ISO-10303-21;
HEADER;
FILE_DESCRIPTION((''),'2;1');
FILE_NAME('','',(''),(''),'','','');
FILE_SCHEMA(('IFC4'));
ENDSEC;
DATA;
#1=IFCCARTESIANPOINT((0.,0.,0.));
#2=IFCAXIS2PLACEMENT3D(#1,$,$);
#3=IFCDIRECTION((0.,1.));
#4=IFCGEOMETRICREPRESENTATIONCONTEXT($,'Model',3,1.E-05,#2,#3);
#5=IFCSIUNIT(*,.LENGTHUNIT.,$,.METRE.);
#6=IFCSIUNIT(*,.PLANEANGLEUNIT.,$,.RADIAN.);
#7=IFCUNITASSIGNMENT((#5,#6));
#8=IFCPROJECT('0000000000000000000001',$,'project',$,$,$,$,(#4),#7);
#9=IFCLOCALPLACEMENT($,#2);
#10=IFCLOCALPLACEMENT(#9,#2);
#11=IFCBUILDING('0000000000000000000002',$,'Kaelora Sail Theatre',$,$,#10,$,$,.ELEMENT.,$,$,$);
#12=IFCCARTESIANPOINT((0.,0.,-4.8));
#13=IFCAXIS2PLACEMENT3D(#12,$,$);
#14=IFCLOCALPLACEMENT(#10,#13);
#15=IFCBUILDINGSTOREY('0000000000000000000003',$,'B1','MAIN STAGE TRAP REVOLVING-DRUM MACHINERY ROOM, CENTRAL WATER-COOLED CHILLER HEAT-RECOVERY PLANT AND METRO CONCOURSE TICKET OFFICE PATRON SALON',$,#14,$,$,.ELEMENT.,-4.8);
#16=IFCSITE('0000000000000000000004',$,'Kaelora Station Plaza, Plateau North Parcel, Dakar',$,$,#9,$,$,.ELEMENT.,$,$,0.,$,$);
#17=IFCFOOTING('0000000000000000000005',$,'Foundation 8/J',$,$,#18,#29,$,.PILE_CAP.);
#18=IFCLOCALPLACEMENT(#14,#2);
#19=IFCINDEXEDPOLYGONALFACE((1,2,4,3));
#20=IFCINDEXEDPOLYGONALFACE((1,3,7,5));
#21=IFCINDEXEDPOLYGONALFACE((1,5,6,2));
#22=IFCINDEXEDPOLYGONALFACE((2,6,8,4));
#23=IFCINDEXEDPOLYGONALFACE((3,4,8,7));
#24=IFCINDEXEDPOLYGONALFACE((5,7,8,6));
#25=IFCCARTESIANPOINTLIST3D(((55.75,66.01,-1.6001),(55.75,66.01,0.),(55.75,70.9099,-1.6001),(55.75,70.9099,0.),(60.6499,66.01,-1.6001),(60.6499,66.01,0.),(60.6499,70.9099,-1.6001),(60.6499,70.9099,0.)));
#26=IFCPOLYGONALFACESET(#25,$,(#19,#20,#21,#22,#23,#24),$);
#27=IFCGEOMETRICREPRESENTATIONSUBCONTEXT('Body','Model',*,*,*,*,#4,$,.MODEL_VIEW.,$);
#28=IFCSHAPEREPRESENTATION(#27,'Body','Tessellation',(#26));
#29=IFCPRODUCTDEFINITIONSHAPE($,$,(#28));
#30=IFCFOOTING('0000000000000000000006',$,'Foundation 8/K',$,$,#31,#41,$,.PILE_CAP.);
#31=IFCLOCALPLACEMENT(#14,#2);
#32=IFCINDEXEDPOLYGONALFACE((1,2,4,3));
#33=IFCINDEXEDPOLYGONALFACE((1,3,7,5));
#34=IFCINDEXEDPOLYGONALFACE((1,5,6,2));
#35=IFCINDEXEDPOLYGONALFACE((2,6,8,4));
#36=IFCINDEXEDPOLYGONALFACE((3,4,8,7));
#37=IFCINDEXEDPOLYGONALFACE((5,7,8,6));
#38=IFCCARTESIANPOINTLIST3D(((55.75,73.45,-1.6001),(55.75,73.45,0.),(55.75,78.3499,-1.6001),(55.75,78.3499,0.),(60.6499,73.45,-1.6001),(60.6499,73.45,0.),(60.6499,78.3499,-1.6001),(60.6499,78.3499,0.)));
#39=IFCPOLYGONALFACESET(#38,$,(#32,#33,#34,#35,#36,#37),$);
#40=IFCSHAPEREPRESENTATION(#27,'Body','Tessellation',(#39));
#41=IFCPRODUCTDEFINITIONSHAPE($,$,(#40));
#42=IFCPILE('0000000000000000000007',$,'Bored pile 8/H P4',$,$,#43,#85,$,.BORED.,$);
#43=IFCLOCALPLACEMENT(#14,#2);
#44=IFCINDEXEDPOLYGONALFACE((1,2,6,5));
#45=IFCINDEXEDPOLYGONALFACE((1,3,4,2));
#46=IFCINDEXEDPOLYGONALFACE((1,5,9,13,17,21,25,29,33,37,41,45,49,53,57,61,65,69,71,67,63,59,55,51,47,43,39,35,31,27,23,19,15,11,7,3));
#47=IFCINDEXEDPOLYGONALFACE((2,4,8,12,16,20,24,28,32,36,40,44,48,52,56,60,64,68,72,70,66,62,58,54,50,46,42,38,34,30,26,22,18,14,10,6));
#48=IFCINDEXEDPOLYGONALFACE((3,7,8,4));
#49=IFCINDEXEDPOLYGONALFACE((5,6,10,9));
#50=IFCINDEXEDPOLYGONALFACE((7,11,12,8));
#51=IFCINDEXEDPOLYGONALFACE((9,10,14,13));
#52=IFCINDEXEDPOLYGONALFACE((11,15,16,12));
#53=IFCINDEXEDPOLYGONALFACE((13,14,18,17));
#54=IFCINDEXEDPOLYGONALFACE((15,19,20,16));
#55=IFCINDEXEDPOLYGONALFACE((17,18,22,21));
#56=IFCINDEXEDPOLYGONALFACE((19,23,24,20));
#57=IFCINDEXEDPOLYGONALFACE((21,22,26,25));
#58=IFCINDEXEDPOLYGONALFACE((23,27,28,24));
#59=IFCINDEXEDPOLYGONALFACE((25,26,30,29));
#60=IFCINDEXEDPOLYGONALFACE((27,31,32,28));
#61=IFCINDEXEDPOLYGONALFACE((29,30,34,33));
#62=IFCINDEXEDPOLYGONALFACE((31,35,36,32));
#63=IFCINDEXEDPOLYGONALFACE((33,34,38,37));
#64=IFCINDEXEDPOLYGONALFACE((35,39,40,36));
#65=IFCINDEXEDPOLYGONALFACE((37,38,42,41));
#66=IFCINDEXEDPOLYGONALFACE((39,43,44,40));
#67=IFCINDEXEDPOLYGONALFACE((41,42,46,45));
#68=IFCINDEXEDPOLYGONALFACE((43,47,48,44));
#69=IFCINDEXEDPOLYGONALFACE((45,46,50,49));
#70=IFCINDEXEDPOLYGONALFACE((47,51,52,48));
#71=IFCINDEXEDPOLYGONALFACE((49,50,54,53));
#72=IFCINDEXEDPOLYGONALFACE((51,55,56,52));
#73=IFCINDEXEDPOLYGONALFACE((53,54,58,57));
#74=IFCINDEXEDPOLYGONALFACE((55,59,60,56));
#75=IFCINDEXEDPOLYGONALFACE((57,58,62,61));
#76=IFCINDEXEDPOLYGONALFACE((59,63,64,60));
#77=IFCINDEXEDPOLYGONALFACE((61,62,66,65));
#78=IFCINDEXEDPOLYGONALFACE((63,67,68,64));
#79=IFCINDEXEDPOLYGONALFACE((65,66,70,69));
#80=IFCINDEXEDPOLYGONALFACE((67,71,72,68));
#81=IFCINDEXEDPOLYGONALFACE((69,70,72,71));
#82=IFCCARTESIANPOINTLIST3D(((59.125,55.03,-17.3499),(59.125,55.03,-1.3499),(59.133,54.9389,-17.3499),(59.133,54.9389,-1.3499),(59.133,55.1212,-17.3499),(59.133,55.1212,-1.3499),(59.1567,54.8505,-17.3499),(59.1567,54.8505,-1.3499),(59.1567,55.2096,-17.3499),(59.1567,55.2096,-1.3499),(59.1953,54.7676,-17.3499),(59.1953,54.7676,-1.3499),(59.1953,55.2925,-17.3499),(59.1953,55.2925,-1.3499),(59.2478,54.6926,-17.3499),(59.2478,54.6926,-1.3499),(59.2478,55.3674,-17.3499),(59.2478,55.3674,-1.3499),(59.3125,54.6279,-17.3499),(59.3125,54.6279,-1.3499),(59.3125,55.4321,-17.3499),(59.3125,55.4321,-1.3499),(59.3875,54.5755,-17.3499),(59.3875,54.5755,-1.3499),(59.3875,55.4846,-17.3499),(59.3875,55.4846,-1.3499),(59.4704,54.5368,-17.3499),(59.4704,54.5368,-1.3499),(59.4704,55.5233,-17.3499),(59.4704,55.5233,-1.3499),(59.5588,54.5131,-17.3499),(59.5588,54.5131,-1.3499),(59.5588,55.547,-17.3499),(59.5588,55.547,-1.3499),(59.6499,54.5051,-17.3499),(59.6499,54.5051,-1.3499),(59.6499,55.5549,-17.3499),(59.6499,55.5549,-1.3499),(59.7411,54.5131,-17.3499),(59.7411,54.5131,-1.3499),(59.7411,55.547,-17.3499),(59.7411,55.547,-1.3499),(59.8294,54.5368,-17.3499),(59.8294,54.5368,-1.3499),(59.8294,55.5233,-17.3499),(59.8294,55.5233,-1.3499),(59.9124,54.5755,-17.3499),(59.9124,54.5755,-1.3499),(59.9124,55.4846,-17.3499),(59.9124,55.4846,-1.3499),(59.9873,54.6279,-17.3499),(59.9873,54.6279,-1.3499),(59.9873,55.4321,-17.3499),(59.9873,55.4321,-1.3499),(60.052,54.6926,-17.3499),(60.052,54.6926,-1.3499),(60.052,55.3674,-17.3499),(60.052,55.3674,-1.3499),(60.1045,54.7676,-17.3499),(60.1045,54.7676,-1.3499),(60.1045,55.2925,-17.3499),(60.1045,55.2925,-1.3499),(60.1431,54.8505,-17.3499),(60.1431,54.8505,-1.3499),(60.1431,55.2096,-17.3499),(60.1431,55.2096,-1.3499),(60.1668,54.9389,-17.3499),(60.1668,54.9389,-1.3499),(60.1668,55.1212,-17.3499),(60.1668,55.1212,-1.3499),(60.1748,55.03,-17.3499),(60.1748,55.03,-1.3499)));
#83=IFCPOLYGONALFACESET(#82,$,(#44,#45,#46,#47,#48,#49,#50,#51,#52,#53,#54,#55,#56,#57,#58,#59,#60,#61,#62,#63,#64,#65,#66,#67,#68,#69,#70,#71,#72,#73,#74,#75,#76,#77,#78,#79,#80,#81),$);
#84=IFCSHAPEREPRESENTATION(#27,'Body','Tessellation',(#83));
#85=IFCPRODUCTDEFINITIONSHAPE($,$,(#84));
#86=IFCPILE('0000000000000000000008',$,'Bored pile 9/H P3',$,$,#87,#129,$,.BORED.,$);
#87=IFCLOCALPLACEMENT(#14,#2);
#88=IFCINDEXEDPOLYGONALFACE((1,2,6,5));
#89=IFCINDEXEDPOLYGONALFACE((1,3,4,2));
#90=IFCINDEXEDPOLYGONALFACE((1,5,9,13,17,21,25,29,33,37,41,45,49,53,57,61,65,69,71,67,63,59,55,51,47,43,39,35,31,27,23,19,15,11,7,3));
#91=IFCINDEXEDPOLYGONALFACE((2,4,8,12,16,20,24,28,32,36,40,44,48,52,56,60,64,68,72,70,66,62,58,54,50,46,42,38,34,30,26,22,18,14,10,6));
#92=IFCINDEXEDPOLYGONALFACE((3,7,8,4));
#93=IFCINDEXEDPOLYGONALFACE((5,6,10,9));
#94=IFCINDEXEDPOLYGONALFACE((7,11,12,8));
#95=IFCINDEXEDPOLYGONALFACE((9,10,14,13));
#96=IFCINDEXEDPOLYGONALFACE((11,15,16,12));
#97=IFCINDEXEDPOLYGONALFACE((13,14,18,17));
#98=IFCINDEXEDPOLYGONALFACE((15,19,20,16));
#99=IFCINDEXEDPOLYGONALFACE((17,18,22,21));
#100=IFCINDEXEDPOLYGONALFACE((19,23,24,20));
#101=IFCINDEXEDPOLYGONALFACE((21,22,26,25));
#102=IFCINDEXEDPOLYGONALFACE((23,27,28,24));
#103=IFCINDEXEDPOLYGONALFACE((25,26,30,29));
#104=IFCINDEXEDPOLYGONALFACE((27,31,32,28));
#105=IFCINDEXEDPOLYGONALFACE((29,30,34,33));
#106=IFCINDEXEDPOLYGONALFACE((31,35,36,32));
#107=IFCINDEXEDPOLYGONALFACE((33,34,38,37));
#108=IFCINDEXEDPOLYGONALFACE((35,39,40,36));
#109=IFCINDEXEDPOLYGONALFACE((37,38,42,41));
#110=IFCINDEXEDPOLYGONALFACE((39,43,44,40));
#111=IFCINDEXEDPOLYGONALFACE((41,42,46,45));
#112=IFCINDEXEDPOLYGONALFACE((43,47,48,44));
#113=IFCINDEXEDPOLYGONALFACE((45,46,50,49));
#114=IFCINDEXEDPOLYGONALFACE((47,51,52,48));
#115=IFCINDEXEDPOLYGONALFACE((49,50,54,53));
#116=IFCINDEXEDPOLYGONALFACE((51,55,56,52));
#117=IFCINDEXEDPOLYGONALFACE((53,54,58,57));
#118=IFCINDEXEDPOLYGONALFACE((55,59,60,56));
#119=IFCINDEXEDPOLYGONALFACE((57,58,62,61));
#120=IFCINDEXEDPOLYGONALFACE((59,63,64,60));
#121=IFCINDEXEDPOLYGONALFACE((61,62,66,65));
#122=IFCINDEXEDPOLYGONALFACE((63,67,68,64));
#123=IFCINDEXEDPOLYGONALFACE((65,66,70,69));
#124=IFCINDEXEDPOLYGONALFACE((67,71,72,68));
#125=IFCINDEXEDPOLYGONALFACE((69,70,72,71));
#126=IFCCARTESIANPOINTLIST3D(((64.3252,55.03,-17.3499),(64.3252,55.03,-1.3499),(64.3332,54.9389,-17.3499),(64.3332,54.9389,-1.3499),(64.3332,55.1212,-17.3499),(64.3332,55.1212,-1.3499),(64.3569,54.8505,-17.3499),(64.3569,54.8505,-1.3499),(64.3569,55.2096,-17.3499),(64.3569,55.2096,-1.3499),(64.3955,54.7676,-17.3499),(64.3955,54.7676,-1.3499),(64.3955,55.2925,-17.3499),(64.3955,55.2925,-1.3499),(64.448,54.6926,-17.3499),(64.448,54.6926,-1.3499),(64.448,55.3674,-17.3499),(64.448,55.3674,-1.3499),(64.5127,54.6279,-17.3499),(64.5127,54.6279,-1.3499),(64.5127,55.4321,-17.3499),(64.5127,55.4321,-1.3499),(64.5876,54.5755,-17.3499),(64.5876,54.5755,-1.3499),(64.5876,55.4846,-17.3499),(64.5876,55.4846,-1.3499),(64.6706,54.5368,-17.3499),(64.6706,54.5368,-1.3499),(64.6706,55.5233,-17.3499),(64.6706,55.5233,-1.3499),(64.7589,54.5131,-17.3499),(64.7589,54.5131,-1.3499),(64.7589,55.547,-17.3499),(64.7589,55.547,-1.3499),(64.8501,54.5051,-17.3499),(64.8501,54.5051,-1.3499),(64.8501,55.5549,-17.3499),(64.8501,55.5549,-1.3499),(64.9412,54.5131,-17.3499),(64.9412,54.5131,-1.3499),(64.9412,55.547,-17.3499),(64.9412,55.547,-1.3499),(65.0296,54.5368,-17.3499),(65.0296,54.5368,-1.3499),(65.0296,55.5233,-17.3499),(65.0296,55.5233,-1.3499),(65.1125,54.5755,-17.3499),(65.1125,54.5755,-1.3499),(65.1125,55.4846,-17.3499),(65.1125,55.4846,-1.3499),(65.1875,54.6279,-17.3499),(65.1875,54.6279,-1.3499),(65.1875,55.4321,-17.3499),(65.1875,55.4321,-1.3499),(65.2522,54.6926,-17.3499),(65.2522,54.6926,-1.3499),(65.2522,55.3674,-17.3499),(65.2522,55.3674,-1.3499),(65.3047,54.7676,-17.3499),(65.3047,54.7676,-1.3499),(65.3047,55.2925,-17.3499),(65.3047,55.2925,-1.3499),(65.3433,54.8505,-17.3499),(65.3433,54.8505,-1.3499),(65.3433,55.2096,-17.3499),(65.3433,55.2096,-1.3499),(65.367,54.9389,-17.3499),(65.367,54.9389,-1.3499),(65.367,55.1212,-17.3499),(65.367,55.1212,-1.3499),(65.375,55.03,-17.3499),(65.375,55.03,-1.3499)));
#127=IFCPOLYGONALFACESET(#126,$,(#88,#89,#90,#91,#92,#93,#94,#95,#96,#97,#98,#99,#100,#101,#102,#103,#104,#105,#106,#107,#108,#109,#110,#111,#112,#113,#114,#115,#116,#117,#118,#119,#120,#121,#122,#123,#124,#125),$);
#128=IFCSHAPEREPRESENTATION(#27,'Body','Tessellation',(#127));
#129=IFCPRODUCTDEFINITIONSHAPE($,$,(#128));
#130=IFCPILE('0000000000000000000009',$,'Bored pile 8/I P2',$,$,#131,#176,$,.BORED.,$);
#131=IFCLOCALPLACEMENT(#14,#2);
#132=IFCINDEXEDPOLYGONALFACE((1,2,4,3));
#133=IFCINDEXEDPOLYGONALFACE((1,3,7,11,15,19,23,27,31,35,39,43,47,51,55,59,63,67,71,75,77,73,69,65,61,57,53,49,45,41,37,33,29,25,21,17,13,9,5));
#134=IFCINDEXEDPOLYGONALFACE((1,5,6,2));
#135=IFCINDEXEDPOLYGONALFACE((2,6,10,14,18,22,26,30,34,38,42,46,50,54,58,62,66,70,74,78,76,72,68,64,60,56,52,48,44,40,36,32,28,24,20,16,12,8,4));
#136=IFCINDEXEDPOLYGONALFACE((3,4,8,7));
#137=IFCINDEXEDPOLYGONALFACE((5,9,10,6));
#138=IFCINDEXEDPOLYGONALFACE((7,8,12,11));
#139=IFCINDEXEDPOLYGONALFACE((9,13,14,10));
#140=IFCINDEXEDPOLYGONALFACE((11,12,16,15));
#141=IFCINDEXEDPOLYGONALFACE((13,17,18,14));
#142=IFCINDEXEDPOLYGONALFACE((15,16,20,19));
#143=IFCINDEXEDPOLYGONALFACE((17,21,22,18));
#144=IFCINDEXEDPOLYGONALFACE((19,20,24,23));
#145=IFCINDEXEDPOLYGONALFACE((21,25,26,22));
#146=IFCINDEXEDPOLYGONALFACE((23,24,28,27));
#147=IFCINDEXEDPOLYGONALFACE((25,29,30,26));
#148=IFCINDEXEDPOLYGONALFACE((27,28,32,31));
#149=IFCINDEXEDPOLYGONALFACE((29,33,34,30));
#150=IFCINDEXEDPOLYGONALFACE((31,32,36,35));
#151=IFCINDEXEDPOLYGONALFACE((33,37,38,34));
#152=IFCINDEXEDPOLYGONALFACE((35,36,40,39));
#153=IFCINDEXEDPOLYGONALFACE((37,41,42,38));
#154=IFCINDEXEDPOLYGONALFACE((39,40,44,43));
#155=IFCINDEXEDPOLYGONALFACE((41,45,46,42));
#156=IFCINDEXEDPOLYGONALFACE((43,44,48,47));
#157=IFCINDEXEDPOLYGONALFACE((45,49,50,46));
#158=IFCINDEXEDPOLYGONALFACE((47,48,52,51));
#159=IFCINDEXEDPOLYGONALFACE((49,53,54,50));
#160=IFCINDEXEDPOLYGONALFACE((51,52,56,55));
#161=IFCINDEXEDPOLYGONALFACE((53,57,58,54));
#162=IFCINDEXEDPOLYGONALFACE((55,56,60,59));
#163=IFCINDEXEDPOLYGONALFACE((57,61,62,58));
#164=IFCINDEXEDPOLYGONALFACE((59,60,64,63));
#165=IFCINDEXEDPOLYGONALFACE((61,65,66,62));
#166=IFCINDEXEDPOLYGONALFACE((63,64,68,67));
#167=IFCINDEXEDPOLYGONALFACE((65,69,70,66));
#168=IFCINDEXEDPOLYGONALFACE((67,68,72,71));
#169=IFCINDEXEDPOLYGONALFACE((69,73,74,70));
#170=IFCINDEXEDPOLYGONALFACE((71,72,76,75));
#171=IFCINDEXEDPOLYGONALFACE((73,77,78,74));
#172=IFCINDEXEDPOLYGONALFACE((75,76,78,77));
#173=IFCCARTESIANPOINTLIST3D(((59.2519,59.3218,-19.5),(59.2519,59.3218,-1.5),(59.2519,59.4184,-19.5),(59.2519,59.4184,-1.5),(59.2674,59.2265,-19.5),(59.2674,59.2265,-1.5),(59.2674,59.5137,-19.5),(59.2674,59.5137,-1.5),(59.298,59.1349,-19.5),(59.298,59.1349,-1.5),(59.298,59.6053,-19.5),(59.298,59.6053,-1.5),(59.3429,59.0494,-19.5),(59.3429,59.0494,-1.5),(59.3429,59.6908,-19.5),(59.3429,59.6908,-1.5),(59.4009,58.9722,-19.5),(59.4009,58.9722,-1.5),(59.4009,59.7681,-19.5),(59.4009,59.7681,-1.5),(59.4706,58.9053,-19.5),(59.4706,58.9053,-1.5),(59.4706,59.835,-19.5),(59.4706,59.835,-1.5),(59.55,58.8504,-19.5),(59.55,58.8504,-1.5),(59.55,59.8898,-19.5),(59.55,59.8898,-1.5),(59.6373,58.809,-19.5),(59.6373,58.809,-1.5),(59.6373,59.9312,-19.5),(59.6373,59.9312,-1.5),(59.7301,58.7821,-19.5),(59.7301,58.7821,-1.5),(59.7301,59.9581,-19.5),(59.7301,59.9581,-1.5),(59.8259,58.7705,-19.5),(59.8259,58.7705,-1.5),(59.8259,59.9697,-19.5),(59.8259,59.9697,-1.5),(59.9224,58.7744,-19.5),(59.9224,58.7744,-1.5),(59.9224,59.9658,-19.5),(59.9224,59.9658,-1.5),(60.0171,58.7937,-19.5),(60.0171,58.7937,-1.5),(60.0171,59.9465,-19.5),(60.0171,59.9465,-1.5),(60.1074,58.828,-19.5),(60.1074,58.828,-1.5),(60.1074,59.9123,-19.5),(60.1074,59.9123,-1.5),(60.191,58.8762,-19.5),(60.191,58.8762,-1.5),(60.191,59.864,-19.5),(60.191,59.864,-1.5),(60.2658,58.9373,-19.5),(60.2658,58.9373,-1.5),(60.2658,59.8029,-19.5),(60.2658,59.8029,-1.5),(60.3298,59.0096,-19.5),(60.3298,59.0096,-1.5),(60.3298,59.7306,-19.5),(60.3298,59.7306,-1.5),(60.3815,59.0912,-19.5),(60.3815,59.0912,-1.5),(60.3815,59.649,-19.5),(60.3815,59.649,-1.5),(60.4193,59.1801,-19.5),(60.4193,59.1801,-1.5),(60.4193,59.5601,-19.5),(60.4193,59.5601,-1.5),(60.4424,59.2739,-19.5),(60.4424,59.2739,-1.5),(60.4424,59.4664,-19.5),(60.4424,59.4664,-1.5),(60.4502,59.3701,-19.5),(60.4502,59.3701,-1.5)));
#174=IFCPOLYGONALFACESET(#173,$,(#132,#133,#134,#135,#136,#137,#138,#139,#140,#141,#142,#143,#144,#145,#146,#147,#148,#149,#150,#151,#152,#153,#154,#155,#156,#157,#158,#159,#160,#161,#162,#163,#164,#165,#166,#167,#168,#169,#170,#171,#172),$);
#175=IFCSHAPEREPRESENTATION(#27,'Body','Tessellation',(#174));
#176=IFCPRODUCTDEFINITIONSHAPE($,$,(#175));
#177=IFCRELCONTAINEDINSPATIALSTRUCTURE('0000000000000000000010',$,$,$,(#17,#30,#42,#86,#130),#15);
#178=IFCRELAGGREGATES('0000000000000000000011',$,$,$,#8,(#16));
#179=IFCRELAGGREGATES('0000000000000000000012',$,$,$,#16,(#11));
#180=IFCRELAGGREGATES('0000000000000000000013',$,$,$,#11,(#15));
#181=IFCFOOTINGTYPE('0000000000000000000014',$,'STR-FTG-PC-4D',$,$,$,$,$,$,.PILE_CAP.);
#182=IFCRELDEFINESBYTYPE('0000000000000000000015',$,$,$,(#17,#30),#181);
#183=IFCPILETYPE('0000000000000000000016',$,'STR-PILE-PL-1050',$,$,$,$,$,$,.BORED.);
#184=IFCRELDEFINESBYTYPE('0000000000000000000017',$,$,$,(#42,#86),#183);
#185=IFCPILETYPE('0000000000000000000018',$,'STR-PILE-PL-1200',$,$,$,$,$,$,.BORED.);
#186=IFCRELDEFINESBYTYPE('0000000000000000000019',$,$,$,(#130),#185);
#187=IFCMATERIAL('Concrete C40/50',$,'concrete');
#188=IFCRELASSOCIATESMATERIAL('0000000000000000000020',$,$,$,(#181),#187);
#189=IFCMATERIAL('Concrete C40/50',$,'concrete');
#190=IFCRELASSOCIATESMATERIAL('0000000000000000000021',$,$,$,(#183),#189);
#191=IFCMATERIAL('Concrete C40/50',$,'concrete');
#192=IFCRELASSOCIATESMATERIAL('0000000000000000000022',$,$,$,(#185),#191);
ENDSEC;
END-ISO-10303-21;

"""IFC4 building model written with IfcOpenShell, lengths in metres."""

from ifc_helpers import new_model, si_unit, direction, frame, origin, origin_2d, place, context, subcontext, project, spatial, rectangle, circle, extrude, material, material_profile, profile_set, type_object, element, save


model = new_model("IFC4")

# Units and contexts
model_context = context("Model", 3, precision=1e-05, world=origin(), true_north=direction((0.0, 1.0)))
body_context = subcontext(model_context, "Body", "Model", "MODEL_VIEW")
ifc_project = project(units=[si_unit("LENGTHUNIT", "METRE"), si_unit("PLANEANGLEUNIT", "RADIAN")], contexts=[model_context])

# Site, building, storey
site_placement = place(None, origin())
site = spatial("IfcSite", under=ifc_project, at=site_placement, Name="Kaelora Station Plaza, Plateau North Parcel, Dakar", CompositionType="ELEMENT", RefElevation=0.0)
building_placement = place(site_placement, origin())
building = spatial("IfcBuilding", under=site, at=building_placement, Name="Kaelora Sail Theatre", CompositionType="ELEMENT")
storey_placement = place(building_placement, frame((0.0, 0.0, -4.8)))
storey = spatial("IfcBuildingStorey", under=building, at=storey_placement, Name="B1", Description="MAIN STAGE TRAP REVOLVING-DRUM MACHINERY ROOM, CENTRAL WATER-COOLED CHILLER HEAT-RECOVERY PLANT AND METRO CONCOURSE TICKET OFFICE PATRON SALON", CompositionType="ELEMENT", Elevation=-4.8)

# Footings
ifc_material_1 = material(Name="Concrete C40/50", Category="concrete")
footing_type = type_object("IfcFootingType", Name="STR-FTG-PC-4D", PredefinedType="PILE_CAP", material=ifc_material_1)
for number, where, z_axis, x_axis, name in (
    (1, (58.2, 68.46, -1.6001), (0.0, 0.0, 1.0), (1.0, 0.0, 0.0), "Foundation 8/J"),
    (2, (58.2, 75.8999, -1.6001), (0.0, 0.0, 1.0), (1.0, 0.0, 0.0), "Foundation 8/K"),
):
    element("IfcFooting", number, at=place(storey_placement, frame(where, z_axis=z_axis, x_axis=x_axis)), inside=storey, type_object=footing_type, Name=name, PredefinedType="PILE_CAP", context=body_context, shape_type="SweptSolid", body=[
        extrude(rectangle(XDim=4.8999, YDim=4.8999, at=origin_2d()), origin(), (0.0, 0.0, 1.0), 1.6001),
    ])

# Piles
ifc_material_2 = material(Name="Concrete C40/50", Category="concrete")
ifc_material_profile_1 = material_profile(ifc_material_2, circle(Radius=0.5249, at=origin_2d()), Name="PILE D1050")
ifc_profile_set_1 = profile_set([ifc_material_profile_1], Name="Concrete C40/50")
pile_type_1 = type_object("IfcPileType", Name="STR-PILE-PL-1050", PredefinedType="BORED", material=ifc_profile_set_1)
for number, where, z_axis, x_axis, name in (
    (3, (59.6499, 55.03, -1.3499), (0.0, 0.0, -1.0), (1.0, 0.0, 0.0), "Bored pile 8/H P4"),
    (4, (64.8501, 55.03, -1.3499), (0.0, 0.0, -1.0), (1.0, 0.0, 0.0), "Bored pile 9/H P3"),
):
    element("IfcPile", number, at=place(storey_placement, frame(where, z_axis=z_axis, x_axis=x_axis)), inside=storey, type_object=pile_type_1, Name=name, PredefinedType="BORED", context=body_context, shape_type="SweptSolid", body=[
        extrude(circle(Radius=0.5249, at=origin_2d()), origin(), (0.0, 0.0, 1.0), 16.0),
    ])
ifc_material_3 = material(Name="Concrete C40/50", Category="concrete")
ifc_material_profile_2 = material_profile(ifc_material_3, circle(Radius=0.6001, at=origin_2d()), Name="PILE D1200")
ifc_profile_set_2 = profile_set([ifc_material_profile_2], Name="Concrete C40/50")
pile_type_2 = type_object("IfcPileType", Name="STR-PILE-PL-1200", PredefinedType="BORED", material=ifc_profile_set_2)
for number, where, z_axis, x_axis, name in (
    (5, (59.8501, 59.3701, -1.5), (0.0, 0.0, -1.0), (1.0, 0.0, 0.0), "Bored pile 8/I P2"),
):
    element("IfcPile", number, at=place(storey_placement, frame(where, z_axis=z_axis, x_axis=x_axis)), inside=storey, type_object=pile_type_2, Name=name, PredefinedType="BORED", context=body_context, shape_type="SweptSolid", body=[
        extrude(circle(Radius=0.6001, at=origin_2d()), origin(), (0.0, 0.0, 1.0), 18.0),
    ])

save(model, "model.ifc")
